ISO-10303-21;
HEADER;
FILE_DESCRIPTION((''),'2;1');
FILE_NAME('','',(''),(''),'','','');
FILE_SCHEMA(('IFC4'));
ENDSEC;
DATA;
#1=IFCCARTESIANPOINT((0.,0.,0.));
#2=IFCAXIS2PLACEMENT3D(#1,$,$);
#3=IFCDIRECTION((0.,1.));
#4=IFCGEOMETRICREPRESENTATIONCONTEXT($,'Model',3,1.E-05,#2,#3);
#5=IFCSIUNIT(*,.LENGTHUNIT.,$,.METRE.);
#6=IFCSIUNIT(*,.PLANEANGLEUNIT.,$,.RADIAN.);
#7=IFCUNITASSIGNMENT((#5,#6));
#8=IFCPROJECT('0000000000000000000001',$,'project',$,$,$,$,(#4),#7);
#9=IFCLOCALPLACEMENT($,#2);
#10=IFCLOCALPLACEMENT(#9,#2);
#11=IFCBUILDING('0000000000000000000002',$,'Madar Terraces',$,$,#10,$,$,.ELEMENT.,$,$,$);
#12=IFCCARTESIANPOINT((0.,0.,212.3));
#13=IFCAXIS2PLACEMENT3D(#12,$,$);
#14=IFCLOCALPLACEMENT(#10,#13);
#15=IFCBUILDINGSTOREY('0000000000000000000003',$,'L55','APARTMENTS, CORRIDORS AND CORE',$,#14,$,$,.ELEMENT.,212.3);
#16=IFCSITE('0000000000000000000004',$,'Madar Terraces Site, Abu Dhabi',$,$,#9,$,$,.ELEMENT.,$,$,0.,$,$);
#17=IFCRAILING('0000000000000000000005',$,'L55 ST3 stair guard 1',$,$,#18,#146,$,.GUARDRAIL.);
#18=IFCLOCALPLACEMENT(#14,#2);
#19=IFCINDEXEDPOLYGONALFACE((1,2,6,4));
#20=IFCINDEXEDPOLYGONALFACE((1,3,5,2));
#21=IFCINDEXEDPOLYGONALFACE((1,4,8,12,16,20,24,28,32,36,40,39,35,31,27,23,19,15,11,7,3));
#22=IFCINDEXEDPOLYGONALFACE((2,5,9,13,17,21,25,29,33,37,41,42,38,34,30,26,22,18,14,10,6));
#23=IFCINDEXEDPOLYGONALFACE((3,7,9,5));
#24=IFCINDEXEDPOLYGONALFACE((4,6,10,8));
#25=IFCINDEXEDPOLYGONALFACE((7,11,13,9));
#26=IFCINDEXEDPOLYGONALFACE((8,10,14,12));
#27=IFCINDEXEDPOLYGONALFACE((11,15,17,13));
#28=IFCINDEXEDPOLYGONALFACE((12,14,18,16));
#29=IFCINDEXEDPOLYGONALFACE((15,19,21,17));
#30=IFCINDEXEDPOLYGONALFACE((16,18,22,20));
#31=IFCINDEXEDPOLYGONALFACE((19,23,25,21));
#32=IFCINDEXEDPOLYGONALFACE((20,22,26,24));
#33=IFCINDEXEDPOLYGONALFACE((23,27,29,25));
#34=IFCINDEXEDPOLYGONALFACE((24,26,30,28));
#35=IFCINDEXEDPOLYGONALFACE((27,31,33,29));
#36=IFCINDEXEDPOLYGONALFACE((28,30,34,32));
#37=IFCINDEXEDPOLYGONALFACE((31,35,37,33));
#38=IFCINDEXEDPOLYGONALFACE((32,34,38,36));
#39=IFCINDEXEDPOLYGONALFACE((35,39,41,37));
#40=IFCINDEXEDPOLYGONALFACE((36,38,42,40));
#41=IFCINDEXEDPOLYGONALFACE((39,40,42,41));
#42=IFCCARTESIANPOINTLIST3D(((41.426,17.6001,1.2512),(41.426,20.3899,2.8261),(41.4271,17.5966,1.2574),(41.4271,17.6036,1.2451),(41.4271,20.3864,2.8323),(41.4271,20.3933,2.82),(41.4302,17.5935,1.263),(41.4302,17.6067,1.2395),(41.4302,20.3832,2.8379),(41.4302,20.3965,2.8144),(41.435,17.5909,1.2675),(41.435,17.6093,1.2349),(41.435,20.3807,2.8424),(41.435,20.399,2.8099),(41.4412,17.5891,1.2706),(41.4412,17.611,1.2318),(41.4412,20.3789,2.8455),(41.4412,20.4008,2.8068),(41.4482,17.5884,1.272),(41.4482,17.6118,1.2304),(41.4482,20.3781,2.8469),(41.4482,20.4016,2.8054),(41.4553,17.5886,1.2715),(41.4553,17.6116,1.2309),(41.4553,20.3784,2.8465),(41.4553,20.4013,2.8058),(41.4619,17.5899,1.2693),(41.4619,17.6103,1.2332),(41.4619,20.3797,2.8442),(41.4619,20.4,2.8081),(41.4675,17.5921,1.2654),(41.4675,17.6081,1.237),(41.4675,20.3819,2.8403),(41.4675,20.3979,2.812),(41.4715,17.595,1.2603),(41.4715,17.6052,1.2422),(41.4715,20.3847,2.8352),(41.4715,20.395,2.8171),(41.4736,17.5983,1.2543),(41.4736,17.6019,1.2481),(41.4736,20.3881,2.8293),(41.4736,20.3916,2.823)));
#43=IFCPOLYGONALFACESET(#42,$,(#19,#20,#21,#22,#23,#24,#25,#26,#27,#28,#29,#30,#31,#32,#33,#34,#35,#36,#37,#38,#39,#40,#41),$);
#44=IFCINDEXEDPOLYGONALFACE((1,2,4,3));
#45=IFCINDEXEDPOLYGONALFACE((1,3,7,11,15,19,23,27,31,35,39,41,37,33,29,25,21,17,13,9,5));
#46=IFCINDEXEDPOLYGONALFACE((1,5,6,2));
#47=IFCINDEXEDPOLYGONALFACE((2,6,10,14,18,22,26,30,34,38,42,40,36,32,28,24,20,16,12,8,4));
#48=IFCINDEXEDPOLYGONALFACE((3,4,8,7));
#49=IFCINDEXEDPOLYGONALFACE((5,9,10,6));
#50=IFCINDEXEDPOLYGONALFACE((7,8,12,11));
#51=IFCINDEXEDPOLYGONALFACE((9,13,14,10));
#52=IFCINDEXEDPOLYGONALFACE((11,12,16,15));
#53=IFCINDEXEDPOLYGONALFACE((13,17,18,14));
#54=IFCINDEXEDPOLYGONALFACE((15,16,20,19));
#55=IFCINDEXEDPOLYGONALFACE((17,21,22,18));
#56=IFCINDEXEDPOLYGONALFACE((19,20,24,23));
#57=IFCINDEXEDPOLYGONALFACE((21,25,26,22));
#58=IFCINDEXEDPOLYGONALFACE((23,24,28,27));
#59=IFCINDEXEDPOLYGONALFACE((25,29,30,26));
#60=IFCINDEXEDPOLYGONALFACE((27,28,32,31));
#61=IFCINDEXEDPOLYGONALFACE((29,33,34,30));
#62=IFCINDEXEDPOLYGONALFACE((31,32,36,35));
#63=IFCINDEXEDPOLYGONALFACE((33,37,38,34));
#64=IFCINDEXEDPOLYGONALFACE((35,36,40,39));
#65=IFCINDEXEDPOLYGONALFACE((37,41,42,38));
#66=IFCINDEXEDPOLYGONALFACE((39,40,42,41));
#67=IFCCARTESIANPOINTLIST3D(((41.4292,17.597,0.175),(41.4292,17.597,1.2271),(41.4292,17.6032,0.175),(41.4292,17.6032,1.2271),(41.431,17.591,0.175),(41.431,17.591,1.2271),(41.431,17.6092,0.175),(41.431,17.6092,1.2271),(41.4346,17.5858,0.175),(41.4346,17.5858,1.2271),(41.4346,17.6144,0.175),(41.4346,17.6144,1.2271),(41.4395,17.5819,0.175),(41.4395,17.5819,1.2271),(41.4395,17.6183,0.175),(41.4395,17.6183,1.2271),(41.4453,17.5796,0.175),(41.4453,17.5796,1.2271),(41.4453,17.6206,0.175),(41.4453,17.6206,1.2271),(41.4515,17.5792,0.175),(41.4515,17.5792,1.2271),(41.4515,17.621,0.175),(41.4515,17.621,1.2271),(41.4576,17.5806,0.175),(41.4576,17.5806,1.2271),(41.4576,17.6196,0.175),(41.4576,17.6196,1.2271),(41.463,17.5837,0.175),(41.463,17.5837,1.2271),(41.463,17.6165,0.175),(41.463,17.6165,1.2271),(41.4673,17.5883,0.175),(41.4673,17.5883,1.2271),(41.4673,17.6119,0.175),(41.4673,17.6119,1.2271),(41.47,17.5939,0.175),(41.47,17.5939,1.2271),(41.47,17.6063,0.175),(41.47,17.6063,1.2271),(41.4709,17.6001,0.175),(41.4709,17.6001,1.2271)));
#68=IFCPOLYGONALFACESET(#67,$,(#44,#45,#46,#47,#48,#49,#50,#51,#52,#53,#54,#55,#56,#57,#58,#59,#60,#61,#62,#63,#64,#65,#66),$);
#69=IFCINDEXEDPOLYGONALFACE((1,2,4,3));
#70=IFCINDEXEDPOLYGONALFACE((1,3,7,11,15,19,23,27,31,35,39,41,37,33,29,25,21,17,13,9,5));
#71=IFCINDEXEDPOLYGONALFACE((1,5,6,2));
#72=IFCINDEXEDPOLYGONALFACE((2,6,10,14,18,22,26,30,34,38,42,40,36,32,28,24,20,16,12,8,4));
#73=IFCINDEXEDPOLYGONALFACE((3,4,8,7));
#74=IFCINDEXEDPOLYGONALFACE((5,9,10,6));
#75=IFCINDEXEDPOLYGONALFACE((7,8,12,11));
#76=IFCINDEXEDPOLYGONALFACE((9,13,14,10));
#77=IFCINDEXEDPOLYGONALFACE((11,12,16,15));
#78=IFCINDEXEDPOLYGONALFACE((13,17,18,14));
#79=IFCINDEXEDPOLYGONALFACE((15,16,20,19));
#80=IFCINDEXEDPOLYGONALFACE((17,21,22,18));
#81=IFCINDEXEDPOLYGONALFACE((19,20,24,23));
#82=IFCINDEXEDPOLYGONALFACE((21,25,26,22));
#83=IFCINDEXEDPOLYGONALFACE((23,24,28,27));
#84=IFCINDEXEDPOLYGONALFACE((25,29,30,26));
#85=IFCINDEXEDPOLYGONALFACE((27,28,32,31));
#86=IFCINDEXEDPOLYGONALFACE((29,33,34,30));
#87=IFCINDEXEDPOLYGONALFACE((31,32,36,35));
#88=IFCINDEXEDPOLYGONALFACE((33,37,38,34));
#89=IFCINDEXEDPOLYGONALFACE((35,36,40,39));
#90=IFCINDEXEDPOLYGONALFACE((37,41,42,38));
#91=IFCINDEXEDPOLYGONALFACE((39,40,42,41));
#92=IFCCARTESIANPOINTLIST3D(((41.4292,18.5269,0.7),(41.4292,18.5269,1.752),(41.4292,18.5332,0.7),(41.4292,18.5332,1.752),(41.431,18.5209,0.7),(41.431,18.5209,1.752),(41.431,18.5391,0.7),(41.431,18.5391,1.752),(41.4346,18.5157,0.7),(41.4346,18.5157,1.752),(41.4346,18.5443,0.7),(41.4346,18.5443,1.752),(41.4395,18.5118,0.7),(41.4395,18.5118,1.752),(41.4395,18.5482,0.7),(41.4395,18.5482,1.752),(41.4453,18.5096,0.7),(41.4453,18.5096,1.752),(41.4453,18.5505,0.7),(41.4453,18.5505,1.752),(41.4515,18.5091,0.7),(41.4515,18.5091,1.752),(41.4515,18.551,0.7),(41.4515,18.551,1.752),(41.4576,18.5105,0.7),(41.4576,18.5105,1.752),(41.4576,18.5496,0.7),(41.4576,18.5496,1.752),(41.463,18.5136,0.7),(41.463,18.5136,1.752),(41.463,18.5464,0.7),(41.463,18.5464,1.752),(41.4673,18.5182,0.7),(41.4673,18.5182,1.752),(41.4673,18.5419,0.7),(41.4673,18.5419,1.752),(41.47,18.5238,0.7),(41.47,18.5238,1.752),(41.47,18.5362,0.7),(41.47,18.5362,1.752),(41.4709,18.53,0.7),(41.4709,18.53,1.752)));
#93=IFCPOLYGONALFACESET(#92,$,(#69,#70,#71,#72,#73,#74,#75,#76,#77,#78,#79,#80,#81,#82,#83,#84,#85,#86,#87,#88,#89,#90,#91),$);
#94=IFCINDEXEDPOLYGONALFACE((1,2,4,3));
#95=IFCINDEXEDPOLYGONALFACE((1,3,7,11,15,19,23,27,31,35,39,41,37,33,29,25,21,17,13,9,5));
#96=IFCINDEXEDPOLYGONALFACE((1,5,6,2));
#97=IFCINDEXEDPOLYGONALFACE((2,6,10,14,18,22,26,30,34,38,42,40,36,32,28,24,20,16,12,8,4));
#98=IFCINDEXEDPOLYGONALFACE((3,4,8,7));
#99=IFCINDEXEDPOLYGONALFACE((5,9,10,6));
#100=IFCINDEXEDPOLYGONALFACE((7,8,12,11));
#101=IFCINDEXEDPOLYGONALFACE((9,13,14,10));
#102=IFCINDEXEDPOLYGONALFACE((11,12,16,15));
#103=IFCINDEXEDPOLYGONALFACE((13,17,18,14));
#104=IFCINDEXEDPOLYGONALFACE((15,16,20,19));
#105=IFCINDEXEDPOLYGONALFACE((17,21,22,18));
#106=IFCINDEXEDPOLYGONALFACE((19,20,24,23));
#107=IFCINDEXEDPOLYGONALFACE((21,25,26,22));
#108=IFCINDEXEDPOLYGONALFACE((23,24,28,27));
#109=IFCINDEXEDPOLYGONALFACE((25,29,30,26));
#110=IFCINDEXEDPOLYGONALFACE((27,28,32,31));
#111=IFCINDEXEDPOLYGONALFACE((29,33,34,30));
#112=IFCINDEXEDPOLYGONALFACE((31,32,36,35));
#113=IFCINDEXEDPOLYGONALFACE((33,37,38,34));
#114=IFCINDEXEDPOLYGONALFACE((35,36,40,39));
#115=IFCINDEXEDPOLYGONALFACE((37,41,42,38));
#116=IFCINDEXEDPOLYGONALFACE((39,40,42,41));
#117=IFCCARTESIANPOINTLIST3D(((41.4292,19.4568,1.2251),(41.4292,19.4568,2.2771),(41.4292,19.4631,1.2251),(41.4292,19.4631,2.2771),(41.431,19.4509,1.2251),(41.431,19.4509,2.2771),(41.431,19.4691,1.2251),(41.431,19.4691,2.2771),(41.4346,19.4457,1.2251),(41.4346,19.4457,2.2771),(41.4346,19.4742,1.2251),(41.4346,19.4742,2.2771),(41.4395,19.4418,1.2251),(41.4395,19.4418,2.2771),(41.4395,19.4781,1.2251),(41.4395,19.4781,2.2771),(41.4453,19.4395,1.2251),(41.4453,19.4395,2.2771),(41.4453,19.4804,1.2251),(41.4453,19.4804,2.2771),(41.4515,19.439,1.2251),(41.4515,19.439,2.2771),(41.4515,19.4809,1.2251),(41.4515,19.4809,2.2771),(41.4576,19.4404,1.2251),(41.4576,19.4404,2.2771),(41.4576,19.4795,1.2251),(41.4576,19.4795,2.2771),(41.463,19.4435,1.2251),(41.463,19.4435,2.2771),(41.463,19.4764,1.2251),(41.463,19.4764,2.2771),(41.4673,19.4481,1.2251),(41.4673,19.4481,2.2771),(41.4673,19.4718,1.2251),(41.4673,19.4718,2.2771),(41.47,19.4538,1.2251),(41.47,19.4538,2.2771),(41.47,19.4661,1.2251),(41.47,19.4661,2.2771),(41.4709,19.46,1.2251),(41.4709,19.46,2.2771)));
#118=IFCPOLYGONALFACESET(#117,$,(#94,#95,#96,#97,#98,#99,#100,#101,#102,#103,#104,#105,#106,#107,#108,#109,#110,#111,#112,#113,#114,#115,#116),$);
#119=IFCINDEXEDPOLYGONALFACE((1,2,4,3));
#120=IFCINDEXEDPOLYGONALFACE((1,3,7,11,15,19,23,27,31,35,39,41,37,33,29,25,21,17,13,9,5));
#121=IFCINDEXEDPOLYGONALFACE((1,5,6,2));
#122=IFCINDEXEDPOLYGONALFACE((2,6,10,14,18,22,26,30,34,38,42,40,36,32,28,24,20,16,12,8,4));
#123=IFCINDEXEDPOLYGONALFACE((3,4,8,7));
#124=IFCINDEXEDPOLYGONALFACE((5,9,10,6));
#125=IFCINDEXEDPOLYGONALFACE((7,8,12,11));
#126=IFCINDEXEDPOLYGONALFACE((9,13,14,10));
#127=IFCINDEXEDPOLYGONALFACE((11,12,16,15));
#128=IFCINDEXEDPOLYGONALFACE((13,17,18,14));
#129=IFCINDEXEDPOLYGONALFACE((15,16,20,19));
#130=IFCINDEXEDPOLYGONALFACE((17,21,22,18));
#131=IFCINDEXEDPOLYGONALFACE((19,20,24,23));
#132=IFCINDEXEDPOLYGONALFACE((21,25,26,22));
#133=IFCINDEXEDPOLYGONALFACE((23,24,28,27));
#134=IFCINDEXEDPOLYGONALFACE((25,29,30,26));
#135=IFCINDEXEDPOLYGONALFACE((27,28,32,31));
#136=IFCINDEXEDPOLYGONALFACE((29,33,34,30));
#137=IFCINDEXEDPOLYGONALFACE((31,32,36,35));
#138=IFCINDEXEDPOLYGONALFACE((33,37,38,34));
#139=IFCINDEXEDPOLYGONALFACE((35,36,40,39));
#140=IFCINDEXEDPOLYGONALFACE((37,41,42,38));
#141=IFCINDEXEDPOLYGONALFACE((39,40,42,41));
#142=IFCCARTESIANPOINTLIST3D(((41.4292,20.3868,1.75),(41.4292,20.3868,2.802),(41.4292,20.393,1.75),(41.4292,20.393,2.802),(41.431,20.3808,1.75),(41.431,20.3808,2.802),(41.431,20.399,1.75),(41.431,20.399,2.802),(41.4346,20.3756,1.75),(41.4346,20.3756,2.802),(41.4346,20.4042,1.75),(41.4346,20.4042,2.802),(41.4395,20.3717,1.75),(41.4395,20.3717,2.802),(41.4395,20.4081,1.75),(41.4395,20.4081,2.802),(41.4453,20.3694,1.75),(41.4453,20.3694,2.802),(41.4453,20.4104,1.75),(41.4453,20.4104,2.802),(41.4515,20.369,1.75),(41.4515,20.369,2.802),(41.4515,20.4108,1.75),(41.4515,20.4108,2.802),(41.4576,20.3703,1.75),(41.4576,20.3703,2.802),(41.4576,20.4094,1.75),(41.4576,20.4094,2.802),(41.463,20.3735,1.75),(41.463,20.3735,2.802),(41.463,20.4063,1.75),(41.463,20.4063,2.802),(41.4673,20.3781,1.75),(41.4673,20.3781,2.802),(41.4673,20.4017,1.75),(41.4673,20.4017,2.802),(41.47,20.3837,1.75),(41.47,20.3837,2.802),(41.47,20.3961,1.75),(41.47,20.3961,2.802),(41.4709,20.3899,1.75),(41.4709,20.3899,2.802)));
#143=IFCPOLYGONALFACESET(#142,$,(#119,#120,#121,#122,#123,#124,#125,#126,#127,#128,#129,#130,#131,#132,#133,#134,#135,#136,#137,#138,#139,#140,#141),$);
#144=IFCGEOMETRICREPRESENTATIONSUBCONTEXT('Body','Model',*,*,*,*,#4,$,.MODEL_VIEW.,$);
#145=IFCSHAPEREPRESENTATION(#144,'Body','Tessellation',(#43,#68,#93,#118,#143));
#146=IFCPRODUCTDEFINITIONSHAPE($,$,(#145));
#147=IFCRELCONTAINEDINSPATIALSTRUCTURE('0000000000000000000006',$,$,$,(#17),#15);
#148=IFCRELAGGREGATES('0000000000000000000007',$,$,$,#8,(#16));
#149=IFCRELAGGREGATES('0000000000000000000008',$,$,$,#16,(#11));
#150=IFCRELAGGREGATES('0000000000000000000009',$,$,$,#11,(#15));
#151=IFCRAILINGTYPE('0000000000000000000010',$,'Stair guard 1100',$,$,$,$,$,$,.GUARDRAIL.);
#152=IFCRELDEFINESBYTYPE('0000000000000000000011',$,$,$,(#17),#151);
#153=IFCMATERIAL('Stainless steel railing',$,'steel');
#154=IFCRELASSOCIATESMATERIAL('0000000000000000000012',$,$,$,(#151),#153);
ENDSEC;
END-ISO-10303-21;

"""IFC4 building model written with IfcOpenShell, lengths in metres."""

from ifc_helpers import new_model, si_unit, direction, frame, origin, origin_2d, place, context, subcontext, project, spatial, circle, extrude, material, type_object, element, save


model = new_model("IFC4")

# Units and contexts
model_context = context("Model", 3, precision=1e-05, world=origin(), true_north=direction((0.0, 1.0)))
body_context = subcontext(model_context, "Body", "Model", "MODEL_VIEW")
ifc_project = project(units=[si_unit("LENGTHUNIT", "METRE"), si_unit("PLANEANGLEUNIT", "RADIAN")], contexts=[model_context])

# Site, building, storey
site_placement = place(None, origin())
site = spatial("IfcSite", under=ifc_project, at=site_placement, Name="Madar Terraces Site, Abu Dhabi", CompositionType="ELEMENT", RefElevation=0.0)
building_placement = place(site_placement, origin())
building = spatial("IfcBuilding", under=site, at=building_placement, Name="Madar Terraces", CompositionType="ELEMENT")
storey_placement = place(building_placement, frame((0.0, 0.0, 212.3)))
storey = spatial("IfcBuildingStorey", under=building, at=storey_placement, Name="L55", Description="APARTMENTS, CORRIDORS AND CORE", CompositionType="ELEMENT", Elevation=212.3)

# Railing
ifc_material_1 = material(Name="Stainless steel railing", Category="steel")
railing_type_1 = type_object("IfcRailingType", Name="Stair guard 1100", PredefinedType="GUARDRAIL", material=ifc_material_1)
railing_1_placement = place(storey_placement, frame((41.45, 17.6001, 0.175)))
element("IfcRailing", 1, at=railing_1_placement, inside=storey, type_object=railing_type_1, Name="L55 ST3 stair guard 1", PredefinedType="GUARDRAIL", context=body_context, shape_type="SweptSolid", body=[
    extrude(circle(Radius=0.0239, at=origin_2d()), frame((0.0, 0.0, 1.0762), z_axis=(0.0, 0.870815, 0.49161), x_axis=(-1.0, 0.0, 0.0)), (0.0, 0.0, 1.0), 3.2036),
    extrude(circle(Radius=0.021, at=origin_2d()), origin(), (0.0, 0.0, 1.0), 1.052),
    extrude(circle(Radius=0.021, at=origin_2d()), frame((0.0, 0.9299, 0.5249)), (0.0, 0.0, 1.0), 1.052),
    extrude(circle(Radius=0.021, at=origin_2d()), frame((0.0, 1.8599, 1.05)), (0.0, 0.0, 1.0), 1.052),
    extrude(circle(Radius=0.021, at=origin_2d()), frame((0.0, 2.7898, 1.575)), (0.0, 0.0, 1.0), 1.052),
])

save(model, "model.ifc")
